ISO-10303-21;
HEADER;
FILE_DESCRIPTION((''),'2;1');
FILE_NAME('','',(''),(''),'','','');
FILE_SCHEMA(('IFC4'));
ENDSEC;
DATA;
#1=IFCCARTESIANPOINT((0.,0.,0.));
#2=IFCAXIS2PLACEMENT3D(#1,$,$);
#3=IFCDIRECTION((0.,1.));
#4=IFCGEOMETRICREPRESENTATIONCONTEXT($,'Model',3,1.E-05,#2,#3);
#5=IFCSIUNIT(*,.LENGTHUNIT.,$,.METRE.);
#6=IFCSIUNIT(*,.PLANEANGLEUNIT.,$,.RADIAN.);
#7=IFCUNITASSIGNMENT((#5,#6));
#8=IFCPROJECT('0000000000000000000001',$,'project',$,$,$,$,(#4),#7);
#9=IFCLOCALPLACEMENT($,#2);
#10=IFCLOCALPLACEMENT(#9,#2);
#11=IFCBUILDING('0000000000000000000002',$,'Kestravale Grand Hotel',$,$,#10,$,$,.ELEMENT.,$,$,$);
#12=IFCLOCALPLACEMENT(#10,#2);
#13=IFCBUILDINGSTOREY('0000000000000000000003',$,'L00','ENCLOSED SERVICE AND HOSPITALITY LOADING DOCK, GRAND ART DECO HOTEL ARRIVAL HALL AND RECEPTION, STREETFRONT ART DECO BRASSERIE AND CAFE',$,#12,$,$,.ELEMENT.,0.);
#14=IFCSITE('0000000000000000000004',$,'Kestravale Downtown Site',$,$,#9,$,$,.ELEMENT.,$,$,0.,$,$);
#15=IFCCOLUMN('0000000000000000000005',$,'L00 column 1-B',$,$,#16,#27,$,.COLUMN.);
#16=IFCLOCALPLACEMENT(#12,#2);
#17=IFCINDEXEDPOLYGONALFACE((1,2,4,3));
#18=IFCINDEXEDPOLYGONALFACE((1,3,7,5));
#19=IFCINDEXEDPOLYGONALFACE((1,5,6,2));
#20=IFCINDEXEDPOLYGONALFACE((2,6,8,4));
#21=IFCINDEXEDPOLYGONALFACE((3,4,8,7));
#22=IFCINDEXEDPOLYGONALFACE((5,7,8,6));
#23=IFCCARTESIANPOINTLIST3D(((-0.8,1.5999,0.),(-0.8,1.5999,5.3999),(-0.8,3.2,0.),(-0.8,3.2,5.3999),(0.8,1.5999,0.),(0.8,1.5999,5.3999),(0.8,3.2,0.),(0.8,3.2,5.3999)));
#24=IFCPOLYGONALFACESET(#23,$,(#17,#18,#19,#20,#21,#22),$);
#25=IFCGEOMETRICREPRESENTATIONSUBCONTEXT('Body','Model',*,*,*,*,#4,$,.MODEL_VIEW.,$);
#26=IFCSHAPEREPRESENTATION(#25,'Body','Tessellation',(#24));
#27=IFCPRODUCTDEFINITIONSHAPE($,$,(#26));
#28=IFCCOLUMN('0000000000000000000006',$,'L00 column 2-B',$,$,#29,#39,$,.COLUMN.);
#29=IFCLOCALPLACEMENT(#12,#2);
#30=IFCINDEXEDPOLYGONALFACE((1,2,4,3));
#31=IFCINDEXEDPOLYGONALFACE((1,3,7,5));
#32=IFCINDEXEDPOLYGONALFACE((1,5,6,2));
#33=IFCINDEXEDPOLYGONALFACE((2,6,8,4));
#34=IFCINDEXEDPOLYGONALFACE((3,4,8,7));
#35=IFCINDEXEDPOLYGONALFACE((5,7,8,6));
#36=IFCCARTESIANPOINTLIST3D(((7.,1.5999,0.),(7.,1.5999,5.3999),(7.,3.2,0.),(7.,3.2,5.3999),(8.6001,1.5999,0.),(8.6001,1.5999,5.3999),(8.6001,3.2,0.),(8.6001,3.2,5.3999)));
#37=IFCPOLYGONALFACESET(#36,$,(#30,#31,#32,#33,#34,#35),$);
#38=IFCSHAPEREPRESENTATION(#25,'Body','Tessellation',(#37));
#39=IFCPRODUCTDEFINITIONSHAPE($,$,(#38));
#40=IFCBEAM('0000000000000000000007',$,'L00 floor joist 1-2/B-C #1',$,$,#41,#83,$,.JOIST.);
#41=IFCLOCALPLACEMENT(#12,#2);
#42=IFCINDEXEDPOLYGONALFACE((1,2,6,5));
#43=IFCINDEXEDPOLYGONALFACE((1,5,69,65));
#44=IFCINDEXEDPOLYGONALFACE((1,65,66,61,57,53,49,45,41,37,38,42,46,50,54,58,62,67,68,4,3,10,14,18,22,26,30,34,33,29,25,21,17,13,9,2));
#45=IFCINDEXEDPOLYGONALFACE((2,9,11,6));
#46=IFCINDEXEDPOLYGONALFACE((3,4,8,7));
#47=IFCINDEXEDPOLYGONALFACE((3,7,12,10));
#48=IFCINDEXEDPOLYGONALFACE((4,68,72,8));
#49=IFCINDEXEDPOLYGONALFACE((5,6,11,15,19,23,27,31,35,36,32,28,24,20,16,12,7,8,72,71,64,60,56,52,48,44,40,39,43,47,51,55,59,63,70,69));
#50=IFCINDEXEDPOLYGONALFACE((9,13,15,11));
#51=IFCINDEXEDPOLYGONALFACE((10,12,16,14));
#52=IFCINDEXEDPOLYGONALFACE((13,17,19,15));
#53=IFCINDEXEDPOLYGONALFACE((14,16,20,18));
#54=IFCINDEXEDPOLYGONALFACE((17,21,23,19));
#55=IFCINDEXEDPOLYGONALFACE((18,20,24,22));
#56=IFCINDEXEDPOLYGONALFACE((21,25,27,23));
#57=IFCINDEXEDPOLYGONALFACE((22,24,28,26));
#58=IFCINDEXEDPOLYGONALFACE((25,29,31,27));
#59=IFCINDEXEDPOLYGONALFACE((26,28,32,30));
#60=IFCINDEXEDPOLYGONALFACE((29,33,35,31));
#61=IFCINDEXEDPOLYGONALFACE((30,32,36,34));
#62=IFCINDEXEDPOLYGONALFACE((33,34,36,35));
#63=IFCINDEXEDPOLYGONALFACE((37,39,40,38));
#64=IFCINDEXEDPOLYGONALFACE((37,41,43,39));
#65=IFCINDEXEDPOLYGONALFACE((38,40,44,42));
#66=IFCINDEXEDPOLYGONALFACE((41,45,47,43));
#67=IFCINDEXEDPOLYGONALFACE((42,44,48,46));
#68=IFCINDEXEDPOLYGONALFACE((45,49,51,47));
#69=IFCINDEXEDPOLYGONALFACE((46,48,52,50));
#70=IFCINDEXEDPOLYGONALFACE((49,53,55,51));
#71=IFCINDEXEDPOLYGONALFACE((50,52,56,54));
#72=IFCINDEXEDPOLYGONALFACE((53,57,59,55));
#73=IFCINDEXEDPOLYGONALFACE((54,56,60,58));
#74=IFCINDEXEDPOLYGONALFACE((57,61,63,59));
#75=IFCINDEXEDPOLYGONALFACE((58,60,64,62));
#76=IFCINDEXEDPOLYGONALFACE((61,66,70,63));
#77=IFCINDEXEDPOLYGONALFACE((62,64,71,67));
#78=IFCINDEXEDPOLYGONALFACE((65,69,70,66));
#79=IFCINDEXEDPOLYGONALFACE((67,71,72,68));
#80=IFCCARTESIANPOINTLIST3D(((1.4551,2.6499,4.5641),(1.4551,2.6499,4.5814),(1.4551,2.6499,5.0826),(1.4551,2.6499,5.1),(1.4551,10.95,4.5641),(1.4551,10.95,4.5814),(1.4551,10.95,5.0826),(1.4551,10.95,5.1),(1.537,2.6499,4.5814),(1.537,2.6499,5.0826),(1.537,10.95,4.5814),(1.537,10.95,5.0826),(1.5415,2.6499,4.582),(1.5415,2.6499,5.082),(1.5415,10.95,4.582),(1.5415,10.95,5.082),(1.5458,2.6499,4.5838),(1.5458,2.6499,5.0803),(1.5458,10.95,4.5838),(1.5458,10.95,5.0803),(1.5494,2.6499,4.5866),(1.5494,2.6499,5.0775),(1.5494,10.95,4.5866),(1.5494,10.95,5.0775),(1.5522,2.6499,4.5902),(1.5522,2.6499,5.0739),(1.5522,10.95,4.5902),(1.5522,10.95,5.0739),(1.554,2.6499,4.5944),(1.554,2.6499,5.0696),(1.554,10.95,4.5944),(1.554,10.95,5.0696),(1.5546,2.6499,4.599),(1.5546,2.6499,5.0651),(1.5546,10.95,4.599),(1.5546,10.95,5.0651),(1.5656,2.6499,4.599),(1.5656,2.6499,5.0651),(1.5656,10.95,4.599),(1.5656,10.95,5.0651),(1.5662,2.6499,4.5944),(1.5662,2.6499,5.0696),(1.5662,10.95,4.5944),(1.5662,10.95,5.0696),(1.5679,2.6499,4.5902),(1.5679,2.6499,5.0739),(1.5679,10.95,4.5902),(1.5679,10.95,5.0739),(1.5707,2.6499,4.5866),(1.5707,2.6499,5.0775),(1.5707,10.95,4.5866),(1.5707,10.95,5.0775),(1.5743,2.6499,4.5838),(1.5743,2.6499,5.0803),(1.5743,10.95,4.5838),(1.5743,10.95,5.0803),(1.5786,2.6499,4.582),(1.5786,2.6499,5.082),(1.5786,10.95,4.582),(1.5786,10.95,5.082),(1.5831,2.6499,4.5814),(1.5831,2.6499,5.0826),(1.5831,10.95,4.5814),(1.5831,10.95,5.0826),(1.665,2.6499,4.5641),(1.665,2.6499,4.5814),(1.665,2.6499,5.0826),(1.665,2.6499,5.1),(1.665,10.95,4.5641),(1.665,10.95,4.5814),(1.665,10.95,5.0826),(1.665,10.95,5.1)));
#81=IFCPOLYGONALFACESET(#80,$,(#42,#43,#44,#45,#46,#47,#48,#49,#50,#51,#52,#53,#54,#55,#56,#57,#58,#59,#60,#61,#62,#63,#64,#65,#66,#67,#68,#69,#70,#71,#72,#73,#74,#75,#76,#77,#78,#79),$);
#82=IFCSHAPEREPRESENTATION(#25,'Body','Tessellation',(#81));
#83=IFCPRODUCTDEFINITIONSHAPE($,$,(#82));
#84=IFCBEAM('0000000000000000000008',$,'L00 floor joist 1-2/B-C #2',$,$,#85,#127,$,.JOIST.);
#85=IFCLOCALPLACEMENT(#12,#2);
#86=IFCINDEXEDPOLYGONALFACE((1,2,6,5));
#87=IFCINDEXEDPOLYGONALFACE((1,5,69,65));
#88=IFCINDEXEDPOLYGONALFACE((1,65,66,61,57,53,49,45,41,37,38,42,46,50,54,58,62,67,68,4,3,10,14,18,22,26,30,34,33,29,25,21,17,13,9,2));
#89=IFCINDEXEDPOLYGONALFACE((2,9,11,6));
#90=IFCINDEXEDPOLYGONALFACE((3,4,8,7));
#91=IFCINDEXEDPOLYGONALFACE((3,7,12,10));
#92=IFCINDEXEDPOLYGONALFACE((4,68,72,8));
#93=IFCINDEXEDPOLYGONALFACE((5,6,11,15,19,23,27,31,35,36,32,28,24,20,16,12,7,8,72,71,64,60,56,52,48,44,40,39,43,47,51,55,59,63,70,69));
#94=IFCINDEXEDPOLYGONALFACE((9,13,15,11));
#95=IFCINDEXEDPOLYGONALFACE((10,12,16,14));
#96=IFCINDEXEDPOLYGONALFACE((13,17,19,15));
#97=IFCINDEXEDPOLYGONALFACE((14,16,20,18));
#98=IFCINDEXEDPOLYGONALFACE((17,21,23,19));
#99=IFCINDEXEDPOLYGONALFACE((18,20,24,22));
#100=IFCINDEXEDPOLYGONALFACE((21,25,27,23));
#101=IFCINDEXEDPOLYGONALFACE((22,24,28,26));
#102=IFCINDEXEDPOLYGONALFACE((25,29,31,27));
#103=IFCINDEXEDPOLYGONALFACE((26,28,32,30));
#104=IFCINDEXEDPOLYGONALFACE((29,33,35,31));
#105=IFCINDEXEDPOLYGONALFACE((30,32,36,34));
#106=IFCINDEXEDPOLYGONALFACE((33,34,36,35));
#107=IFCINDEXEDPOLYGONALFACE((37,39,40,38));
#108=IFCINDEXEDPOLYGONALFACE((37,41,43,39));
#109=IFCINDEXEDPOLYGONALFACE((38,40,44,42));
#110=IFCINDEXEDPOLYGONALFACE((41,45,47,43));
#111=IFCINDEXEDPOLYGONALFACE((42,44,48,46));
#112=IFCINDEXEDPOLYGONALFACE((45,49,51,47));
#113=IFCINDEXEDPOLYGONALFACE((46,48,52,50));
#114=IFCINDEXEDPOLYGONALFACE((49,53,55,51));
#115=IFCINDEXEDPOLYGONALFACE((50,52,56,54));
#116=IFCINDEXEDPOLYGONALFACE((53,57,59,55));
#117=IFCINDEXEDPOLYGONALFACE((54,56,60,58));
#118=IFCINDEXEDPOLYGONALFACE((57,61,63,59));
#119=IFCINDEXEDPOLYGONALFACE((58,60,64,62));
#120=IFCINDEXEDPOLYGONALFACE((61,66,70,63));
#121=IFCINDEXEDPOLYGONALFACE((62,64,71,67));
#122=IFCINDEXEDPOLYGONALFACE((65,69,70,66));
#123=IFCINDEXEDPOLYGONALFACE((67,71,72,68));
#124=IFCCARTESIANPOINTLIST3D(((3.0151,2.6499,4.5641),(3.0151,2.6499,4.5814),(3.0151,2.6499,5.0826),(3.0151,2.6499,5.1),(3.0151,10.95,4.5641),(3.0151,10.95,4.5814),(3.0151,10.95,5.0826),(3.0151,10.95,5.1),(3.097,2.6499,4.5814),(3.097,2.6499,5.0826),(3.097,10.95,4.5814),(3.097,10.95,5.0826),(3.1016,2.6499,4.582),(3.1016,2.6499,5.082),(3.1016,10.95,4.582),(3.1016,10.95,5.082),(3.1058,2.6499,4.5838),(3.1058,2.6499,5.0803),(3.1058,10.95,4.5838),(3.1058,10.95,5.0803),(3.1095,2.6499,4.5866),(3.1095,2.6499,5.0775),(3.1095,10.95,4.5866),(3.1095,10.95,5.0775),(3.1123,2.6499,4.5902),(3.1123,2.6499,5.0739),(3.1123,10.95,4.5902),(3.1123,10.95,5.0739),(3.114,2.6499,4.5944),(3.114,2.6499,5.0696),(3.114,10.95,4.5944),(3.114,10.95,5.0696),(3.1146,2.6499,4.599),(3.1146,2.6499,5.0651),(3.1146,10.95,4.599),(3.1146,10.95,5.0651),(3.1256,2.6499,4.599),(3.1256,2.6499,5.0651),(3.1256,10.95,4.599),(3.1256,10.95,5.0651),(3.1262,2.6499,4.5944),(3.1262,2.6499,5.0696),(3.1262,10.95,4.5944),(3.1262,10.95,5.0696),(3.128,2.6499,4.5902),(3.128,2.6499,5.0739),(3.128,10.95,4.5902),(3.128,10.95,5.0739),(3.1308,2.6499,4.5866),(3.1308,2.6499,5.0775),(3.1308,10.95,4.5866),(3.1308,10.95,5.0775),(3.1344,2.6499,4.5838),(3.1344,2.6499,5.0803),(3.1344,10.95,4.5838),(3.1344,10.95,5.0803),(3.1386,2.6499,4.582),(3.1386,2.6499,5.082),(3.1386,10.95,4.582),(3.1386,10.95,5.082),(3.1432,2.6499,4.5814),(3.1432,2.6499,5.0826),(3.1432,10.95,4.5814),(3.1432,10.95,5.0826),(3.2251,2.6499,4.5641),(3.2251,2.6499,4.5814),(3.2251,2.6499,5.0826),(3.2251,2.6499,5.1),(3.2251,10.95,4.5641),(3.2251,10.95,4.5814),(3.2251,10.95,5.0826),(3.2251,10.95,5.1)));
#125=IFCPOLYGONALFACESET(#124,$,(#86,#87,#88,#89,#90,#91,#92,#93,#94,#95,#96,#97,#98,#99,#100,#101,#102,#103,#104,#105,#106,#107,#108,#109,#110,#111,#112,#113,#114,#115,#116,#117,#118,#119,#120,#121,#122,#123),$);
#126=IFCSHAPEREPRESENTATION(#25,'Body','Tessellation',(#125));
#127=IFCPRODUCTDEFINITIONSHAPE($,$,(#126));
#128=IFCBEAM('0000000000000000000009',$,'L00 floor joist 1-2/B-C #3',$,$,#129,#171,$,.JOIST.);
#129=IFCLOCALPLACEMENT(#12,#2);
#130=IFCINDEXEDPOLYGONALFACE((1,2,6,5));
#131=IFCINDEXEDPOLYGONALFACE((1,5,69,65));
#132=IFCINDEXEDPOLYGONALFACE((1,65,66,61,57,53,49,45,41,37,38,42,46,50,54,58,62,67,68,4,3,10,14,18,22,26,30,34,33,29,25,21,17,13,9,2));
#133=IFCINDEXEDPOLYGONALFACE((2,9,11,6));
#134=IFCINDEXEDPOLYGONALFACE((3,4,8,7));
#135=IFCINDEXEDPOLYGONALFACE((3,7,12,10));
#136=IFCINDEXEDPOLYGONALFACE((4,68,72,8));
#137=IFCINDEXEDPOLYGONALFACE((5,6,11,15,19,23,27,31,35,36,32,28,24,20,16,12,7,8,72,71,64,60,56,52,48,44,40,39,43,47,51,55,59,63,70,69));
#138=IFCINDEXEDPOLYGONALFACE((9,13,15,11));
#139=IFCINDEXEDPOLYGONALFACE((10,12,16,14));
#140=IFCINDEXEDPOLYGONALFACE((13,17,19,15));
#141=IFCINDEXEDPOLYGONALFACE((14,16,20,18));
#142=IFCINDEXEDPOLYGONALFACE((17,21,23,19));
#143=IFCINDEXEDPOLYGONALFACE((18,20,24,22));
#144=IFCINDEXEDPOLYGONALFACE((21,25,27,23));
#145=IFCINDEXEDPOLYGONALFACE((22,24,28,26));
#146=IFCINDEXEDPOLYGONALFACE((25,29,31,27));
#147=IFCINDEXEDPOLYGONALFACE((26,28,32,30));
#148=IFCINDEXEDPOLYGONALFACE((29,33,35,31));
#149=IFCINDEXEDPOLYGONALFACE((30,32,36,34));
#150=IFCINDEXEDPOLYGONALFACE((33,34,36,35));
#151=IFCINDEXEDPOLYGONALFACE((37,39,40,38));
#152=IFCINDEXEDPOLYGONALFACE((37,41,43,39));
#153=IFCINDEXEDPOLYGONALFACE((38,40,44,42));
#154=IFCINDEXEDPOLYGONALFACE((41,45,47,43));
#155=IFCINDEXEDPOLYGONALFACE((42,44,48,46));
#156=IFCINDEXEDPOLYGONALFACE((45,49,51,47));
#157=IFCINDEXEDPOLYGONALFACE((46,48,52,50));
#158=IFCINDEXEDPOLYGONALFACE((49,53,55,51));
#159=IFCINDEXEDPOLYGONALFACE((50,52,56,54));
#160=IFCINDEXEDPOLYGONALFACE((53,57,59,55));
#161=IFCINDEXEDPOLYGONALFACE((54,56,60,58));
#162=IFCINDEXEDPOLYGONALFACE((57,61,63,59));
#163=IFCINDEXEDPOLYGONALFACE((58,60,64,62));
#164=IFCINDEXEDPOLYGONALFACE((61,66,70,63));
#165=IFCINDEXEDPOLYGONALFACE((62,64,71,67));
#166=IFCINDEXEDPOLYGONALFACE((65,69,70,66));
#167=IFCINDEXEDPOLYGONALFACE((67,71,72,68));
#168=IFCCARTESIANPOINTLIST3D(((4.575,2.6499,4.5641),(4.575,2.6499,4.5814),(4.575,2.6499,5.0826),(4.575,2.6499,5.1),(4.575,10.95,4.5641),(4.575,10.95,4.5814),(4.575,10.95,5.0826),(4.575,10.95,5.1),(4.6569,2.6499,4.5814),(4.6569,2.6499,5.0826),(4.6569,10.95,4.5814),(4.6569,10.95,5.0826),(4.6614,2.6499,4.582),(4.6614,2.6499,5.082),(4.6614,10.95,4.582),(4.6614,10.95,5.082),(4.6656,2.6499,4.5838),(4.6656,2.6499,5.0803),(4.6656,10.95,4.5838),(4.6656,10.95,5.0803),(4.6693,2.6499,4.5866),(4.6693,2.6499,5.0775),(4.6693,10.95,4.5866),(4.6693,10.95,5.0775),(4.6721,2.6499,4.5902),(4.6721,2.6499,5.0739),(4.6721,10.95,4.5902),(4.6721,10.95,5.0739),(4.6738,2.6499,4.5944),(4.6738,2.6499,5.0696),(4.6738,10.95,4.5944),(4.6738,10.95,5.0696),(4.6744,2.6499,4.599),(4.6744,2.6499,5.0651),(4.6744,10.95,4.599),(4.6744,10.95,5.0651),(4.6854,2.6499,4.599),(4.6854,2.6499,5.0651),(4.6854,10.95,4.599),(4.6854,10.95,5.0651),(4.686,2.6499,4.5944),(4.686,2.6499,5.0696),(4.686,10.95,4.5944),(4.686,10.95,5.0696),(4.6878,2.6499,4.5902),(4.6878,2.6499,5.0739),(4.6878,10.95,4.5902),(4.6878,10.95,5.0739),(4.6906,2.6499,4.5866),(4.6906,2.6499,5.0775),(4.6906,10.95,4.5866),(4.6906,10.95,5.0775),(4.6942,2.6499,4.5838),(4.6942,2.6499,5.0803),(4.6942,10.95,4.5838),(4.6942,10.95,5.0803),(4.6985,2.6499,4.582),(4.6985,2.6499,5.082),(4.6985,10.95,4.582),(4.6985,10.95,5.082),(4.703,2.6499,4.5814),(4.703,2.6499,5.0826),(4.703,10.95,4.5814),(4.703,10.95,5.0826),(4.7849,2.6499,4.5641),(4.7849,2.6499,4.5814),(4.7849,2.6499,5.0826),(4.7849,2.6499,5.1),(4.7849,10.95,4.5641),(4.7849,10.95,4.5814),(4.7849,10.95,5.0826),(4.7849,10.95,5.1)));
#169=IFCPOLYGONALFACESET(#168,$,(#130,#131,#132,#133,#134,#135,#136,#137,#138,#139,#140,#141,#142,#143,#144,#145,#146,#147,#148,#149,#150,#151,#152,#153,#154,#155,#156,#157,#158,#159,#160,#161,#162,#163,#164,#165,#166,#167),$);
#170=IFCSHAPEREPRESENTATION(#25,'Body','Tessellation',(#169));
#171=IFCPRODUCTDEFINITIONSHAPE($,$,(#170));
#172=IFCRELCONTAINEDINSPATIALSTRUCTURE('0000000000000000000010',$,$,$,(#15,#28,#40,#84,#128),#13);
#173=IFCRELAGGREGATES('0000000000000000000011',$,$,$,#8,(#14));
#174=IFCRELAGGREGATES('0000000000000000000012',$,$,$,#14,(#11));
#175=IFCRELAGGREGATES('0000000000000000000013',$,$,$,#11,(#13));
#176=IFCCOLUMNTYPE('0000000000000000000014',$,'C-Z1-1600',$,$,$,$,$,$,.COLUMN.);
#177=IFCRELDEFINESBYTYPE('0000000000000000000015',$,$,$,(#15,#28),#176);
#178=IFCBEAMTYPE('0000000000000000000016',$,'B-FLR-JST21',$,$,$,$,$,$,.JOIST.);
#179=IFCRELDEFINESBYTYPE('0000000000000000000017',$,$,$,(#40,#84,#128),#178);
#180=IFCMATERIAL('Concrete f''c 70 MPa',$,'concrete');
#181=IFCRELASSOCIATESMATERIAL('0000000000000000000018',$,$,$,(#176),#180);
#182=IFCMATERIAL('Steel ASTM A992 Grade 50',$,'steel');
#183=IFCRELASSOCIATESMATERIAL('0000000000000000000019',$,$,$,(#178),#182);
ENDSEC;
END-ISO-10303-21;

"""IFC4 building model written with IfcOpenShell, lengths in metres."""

from ifc_helpers import new_model, si_unit, direction, frame, origin, origin_2d, place, context, subcontext, project, spatial, rectangle, i_section, extrude, material, material_profile, profile_set, type_object, element, save


model = new_model("IFC4")

# Units and contexts
model_context = context("Model", 3, precision=1e-05, world=origin(), true_north=direction((0.0, 1.0)))
body_context = subcontext(model_context, "Body", "Model", "MODEL_VIEW")
ifc_project = project(units=[si_unit("LENGTHUNIT", "METRE"), si_unit("PLANEANGLEUNIT", "RADIAN")], contexts=[model_context])

# Site, building, storey
site_placement = place(None, origin())
site = spatial("IfcSite", under=ifc_project, at=site_placement, Name="Kestravale Downtown Site", CompositionType="ELEMENT", RefElevation=0.0)
building_placement = place(site_placement, origin())
building = spatial("IfcBuilding", under=site, at=building_placement, Name="Kestravale Grand Hotel", CompositionType="ELEMENT")
storey_placement = place(building_placement, origin())
storey = spatial("IfcBuildingStorey", under=building, at=storey_placement, Name="L00", Description="ENCLOSED SERVICE AND HOSPITALITY LOADING DOCK, GRAND ART DECO HOTEL ARRIVAL HALL AND RECEPTION, STREETFRONT ART DECO BRASSERIE AND CAFE", CompositionType="ELEMENT", Elevation=0.0)

# Columns
ifc_material_1 = material(Name="Concrete f'c 70 MPa", Category="concrete")
ifc_material_profile_1 = material_profile(ifc_material_1, rectangle(XDim=1.6001, YDim=1.6001, at=origin_2d()))
ifc_profile_set_1 = profile_set([ifc_material_profile_1], Name="Concrete f'c 70 MPa")
column_type = type_object("IfcColumnType", Name="C-Z1-1600", PredefinedType="COLUMN", material=ifc_profile_set_1)
for number, where, z_axis, x_axis, name in (
    (1, (0.0, 2.3999, 0.0), (0.0, 0.0, 1.0), (1.0, 0.0, 0.0), "L00 column 1-B"),
    (2, (7.8, 2.3999, 0.0), (0.0, 0.0, 1.0), (1.0, 0.0, 0.0), "L00 column 2-B"),
):
    element("IfcColumn", number, at=place(storey_placement, frame(where, z_axis=z_axis, x_axis=x_axis)), inside=storey, type_object=column_type, Name=name, PredefinedType="COLUMN", context=body_context, shape_type="SweptSolid", body=[
        extrude(rectangle(XDim=1.6001, YDim=1.6001, at=origin_2d()), origin(), (0.0, 0.0, 1.0), 5.3999),
    ])

# Beams
ifc_material_2 = material(Name="Steel ASTM A992 Grade 50", Category="steel")
ifc_material_profile_2 = material_profile(ifc_material_2, i_section(OverallWidth=0.21, OverallDepth=0.5359, WebThickness=0.011, FlangeThickness=0.0173, FilletRadius=0.0176, at=origin_2d()))
ifc_profile_set_2 = profile_set([ifc_material_profile_2], Name="Steel ASTM A992 Grade 50")
beam_type_1 = type_object("IfcBeamType", Name="B-FLR-JST21", PredefinedType="JOIST", material=ifc_profile_set_2)
for number, where, z_axis, x_axis, name in (
    (3, (1.5601, 2.6499, 4.832), (0.0, 1.0, 0.0), (-1.0, 0.0, 0.0), "L00 floor joist 1-2/B-C #1"),
    (4, (3.1201, 2.6499, 4.832), (0.0, 1.0, 0.0), (-1.0, 0.0, 0.0), "L00 floor joist 1-2/B-C #2"),
    (5, (4.6799, 2.6499, 4.832), (0.0, 1.0, 0.0), (-1.0, 0.0, 0.0), "L00 floor joist 1-2/B-C #3"),
):
    element("IfcBeam", number, at=place(storey_placement, frame(where, z_axis=z_axis, x_axis=x_axis)), inside=storey, type_object=beam_type_1, Name=name, PredefinedType="JOIST", context=body_context, shape_type="SweptSolid", body=[
        extrude(i_section(OverallWidth=0.21, OverallDepth=0.5359, WebThickness=0.011, FlangeThickness=0.0173, FilletRadius=0.0176, at=origin_2d()), origin(), (0.0, 0.0, 1.0), 8.3),
    ])

save(model, "model.ifc")
